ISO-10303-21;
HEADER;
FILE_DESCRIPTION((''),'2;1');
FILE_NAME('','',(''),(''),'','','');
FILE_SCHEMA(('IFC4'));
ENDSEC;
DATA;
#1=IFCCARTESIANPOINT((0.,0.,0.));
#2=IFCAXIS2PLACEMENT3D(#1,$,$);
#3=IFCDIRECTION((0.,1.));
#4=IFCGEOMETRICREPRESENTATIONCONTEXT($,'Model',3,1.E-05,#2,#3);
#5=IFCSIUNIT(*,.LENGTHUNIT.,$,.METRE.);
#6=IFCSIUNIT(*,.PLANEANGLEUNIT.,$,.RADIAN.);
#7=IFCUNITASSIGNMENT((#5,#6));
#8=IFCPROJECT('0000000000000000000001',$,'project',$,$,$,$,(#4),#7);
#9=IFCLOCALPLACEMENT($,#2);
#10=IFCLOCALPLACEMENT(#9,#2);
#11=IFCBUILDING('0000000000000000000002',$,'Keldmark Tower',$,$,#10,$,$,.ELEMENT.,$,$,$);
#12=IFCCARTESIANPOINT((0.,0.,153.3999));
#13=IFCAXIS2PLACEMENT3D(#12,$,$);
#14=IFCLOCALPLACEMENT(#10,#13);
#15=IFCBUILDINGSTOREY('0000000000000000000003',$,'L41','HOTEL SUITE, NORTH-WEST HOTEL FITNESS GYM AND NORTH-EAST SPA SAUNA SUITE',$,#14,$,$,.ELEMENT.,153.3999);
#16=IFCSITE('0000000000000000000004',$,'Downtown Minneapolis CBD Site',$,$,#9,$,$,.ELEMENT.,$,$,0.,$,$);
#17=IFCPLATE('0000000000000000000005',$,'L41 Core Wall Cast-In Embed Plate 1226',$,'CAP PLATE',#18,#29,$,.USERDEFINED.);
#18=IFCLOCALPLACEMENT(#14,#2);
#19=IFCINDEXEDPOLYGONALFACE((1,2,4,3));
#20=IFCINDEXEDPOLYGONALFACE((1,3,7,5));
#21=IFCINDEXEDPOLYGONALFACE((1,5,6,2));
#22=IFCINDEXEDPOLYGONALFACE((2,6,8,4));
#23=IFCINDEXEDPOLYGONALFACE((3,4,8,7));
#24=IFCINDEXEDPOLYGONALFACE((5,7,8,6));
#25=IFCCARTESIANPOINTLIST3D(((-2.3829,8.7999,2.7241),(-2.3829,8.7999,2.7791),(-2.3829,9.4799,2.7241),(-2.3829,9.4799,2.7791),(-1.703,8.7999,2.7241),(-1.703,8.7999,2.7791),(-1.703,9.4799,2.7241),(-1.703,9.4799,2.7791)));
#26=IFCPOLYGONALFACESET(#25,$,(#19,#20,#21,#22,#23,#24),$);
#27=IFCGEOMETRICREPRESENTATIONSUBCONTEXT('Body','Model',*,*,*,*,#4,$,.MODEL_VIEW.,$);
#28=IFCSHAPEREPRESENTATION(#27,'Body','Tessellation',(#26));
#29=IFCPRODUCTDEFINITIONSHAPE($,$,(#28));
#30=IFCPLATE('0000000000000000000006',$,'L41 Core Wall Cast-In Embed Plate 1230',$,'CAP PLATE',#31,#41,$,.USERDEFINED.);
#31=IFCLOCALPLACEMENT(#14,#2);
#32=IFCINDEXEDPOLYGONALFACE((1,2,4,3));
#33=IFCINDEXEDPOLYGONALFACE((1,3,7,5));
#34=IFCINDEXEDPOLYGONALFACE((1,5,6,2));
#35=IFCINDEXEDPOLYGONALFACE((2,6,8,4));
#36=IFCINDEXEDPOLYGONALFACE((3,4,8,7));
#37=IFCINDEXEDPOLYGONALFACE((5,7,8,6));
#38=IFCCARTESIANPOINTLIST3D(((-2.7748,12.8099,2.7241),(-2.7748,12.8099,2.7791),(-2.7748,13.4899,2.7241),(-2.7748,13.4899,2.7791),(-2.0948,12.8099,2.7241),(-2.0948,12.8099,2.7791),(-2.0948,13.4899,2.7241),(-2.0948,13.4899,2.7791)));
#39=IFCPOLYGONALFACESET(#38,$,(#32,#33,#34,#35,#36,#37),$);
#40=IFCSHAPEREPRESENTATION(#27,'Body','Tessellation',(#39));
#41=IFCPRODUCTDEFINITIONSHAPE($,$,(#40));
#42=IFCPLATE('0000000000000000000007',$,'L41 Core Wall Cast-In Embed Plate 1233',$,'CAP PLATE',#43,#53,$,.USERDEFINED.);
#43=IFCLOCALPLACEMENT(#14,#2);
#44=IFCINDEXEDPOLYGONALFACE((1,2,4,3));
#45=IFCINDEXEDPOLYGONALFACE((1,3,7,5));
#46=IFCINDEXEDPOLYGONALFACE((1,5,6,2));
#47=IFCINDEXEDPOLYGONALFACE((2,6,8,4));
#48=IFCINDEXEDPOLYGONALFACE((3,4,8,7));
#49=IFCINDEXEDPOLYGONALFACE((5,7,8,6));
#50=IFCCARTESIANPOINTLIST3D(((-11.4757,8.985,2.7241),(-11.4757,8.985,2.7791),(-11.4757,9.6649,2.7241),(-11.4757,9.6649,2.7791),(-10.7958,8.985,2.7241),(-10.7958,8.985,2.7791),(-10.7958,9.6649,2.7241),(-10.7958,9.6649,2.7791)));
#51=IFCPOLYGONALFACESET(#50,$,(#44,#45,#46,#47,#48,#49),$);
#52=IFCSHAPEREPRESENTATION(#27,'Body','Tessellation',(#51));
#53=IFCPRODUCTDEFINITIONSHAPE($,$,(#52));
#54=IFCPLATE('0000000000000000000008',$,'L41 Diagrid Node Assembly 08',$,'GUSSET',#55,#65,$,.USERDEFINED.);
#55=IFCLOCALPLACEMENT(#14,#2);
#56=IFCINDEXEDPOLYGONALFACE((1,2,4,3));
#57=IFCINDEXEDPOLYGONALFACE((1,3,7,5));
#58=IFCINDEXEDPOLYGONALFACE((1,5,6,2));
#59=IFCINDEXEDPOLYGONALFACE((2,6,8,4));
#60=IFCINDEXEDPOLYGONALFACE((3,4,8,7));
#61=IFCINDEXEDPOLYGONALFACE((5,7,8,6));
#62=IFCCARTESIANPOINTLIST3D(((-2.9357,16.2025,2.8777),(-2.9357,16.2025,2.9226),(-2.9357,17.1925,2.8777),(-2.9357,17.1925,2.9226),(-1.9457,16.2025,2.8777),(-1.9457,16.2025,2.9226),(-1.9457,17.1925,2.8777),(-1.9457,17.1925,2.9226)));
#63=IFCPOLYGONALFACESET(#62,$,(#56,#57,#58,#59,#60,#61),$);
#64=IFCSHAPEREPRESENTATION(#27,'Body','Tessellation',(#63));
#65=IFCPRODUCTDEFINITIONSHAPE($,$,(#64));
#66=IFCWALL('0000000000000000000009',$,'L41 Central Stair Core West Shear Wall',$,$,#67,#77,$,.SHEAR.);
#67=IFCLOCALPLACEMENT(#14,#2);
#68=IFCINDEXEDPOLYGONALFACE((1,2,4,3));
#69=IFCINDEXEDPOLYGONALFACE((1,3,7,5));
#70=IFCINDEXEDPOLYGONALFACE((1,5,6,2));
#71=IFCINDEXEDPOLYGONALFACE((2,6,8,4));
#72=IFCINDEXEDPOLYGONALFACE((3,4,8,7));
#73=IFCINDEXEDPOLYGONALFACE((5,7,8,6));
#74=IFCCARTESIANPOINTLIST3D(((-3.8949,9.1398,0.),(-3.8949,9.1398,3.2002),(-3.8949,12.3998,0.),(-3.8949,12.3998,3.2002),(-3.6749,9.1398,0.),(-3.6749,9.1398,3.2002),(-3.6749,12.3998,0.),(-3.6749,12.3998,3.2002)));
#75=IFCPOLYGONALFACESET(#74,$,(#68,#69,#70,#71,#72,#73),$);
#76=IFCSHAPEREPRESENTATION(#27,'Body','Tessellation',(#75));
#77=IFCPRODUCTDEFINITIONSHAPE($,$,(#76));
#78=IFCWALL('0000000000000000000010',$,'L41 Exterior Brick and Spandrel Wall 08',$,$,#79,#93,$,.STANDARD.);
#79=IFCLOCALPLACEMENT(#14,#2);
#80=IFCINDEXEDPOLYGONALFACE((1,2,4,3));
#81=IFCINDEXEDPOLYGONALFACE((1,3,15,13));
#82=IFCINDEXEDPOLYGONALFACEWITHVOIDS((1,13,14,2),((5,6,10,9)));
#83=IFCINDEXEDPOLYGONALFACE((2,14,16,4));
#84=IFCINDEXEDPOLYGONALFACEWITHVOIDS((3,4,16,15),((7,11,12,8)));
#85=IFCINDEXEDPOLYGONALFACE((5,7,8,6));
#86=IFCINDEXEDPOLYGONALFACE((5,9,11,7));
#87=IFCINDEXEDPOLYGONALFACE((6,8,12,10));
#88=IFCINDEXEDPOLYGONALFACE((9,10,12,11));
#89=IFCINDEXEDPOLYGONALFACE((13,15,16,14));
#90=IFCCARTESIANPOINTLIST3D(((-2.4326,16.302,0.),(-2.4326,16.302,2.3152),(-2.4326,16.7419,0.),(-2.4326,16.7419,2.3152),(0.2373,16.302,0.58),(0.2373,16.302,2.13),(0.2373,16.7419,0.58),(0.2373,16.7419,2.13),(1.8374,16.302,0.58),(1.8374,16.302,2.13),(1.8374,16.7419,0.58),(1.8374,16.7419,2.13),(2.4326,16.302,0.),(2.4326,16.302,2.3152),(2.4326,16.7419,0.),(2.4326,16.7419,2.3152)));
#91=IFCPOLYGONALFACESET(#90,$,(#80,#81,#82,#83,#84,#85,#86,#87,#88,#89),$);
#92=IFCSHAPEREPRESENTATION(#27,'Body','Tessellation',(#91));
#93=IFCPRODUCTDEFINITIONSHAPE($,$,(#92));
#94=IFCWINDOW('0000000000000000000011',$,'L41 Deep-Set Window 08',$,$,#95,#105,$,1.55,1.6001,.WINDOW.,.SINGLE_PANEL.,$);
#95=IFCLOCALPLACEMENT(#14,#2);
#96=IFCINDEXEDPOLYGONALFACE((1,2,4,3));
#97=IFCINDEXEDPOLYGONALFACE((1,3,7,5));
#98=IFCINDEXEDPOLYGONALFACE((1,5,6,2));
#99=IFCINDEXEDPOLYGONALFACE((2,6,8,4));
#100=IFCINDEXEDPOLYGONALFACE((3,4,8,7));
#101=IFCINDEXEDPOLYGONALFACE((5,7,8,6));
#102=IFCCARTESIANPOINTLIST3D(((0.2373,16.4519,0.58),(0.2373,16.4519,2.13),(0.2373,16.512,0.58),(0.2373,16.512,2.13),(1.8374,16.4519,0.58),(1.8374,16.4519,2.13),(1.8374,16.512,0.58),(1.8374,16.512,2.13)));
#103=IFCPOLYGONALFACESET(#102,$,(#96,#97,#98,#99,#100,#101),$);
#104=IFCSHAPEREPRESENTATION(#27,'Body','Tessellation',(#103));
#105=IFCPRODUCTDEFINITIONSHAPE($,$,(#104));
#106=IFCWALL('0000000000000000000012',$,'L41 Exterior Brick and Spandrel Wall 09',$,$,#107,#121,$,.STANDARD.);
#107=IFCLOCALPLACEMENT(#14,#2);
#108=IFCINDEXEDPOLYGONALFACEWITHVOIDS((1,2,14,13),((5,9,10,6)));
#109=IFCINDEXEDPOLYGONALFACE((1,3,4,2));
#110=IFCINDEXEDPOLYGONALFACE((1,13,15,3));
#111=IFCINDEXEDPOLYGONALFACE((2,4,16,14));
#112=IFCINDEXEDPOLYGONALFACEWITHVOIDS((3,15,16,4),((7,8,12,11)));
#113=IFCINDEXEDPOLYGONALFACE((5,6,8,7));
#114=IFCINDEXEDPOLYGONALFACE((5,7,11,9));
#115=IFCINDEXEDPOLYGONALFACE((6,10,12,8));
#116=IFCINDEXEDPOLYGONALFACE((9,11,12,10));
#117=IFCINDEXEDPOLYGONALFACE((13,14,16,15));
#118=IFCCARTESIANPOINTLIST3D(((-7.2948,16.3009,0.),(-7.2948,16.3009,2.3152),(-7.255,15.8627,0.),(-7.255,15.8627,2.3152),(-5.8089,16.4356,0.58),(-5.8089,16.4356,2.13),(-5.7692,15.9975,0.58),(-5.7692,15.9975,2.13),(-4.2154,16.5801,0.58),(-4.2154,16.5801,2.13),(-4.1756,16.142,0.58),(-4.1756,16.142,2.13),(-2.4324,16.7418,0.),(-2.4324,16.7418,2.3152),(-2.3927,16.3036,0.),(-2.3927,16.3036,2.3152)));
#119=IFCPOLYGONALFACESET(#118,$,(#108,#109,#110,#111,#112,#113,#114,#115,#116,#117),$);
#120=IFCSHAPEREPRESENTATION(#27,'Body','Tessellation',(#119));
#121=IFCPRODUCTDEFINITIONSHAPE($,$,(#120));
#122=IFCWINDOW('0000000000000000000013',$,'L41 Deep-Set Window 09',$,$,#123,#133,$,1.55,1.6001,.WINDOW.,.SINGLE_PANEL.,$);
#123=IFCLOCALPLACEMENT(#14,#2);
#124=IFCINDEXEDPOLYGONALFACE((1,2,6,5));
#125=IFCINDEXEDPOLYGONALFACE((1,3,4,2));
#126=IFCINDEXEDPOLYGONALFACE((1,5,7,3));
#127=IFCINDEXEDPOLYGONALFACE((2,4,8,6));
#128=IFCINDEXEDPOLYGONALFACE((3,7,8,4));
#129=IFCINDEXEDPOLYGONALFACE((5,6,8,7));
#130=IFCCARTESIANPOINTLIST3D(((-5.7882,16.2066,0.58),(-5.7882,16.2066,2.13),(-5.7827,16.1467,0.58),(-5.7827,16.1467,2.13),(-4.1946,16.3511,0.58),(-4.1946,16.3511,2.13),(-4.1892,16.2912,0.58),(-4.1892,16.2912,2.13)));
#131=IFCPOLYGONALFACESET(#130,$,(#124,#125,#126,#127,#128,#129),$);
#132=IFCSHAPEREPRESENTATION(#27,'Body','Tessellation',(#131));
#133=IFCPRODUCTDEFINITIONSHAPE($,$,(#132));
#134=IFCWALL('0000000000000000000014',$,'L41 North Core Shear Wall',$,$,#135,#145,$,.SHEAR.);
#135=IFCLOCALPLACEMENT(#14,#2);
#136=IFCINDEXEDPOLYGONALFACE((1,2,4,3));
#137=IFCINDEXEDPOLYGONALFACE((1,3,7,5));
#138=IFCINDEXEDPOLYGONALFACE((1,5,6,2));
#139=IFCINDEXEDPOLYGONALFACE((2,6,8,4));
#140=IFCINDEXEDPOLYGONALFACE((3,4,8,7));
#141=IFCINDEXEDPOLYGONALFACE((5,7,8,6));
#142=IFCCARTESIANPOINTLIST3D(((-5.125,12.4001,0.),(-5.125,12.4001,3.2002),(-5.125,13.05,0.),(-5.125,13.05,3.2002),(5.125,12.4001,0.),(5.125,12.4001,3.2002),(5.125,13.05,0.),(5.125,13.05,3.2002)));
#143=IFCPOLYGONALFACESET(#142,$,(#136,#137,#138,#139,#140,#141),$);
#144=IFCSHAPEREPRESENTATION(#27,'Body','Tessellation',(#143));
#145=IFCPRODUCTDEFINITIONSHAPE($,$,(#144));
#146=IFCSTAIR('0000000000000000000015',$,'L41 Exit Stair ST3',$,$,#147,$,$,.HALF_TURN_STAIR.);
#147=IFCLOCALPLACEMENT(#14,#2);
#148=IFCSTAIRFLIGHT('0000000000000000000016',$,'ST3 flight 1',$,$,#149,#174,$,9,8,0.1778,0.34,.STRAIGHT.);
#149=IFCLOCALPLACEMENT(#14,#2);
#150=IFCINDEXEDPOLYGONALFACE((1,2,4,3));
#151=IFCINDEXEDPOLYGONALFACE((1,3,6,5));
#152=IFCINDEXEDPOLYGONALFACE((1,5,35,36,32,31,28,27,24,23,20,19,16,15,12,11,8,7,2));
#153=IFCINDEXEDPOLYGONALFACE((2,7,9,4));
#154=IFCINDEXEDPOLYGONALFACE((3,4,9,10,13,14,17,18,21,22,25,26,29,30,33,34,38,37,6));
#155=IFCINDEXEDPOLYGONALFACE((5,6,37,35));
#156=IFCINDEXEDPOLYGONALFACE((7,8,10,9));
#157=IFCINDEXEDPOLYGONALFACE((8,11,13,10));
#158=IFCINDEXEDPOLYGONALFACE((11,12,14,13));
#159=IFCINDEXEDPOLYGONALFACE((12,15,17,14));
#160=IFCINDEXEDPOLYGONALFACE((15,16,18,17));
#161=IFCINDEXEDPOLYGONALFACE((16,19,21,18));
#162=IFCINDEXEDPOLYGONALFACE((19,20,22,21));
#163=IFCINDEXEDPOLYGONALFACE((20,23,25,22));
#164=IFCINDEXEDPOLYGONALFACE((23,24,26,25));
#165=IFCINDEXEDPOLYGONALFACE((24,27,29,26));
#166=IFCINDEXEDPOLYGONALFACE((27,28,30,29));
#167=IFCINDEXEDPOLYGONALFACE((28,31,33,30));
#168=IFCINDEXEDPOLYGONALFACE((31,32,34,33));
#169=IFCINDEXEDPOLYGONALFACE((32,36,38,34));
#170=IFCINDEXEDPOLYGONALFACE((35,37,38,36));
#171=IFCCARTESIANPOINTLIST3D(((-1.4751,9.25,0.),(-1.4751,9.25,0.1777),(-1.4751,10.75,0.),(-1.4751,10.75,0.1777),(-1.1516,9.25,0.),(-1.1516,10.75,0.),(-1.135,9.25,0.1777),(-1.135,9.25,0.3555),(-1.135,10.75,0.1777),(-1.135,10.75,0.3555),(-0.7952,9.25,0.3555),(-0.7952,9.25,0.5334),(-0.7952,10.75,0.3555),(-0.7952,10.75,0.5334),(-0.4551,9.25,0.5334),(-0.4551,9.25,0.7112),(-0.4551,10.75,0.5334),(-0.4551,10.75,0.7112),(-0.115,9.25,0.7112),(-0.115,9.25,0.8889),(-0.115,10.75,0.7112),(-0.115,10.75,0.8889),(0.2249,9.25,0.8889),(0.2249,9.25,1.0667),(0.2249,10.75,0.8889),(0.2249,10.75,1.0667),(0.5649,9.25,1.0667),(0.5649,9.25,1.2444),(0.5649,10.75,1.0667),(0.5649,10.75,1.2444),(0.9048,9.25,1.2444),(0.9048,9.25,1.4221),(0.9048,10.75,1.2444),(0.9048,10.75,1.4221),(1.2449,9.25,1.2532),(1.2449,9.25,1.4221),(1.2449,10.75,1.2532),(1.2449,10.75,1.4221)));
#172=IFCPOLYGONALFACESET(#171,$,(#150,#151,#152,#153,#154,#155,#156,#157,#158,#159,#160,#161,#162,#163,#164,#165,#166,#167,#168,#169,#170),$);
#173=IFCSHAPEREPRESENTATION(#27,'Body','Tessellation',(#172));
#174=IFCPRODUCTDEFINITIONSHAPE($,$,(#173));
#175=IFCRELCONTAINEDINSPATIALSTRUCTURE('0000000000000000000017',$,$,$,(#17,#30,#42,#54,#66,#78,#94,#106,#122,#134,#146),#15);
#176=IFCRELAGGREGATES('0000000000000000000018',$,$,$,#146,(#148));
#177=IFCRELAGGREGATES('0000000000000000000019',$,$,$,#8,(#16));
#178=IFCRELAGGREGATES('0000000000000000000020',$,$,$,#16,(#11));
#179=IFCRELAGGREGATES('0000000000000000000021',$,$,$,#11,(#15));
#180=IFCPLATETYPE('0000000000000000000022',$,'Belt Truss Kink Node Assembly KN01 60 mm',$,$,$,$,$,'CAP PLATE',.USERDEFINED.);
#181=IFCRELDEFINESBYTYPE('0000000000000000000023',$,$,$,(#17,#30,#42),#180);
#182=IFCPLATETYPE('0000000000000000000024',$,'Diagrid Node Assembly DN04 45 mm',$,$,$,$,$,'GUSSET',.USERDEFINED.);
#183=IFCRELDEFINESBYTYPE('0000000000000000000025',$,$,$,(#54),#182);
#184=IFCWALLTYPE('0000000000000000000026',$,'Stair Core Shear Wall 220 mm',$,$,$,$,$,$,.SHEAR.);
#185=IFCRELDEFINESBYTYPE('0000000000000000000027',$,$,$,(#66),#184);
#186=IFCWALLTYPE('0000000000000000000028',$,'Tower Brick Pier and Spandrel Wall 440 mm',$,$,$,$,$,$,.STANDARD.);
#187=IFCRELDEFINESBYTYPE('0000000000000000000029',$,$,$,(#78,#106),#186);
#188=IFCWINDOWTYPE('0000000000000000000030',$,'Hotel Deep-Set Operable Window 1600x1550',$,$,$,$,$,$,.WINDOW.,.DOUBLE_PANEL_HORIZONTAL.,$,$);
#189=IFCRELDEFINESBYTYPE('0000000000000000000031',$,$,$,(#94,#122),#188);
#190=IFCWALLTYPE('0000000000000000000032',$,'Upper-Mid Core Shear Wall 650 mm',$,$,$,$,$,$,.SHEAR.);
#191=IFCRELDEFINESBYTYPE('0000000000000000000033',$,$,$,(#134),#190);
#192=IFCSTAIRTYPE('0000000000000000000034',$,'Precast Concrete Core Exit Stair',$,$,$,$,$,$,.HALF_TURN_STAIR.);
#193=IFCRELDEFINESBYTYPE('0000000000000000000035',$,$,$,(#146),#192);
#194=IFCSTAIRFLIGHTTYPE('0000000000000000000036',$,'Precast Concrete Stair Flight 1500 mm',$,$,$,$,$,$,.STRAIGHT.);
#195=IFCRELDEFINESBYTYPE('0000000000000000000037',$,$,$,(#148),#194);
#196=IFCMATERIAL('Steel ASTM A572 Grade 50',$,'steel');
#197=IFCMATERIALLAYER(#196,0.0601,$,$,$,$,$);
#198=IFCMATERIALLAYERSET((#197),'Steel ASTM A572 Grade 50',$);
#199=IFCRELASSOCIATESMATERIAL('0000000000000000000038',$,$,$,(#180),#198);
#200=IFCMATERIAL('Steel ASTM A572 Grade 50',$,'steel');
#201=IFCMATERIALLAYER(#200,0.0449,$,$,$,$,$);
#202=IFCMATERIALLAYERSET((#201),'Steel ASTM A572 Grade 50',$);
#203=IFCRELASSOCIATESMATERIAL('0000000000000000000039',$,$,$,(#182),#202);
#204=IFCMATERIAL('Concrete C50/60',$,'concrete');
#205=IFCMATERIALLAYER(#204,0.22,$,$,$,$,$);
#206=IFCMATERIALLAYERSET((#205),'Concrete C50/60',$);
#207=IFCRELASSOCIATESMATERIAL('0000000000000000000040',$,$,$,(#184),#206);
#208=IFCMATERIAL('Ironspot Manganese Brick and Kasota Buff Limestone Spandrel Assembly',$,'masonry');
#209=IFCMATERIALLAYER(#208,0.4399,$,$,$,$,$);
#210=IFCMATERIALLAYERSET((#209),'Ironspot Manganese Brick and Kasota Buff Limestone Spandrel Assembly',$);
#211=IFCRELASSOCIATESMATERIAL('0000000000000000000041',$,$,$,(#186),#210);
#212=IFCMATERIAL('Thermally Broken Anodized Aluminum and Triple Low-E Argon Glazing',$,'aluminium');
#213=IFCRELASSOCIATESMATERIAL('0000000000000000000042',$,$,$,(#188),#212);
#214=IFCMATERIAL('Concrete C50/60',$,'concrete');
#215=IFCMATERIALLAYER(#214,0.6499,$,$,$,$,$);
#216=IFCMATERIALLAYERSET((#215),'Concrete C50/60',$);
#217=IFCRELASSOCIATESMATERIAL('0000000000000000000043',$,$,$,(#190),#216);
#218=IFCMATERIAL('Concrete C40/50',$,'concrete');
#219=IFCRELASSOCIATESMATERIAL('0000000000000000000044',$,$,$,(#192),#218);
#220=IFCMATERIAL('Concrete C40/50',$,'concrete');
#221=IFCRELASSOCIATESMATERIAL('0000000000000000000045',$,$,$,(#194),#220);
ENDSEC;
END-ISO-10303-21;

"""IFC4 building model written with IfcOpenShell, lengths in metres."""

from ifc_helpers import new_model, si_unit, direction, frame, frame_2d, origin, origin_2d, place, context, subcontext, project, spatial, polyline, rectangle, outline, extrude, material, layer, layer_set, type_object, element, fill, aggregate, save


model = new_model("IFC4")

# Units and contexts
model_context = context("Model", 3, precision=1e-05, world=origin(), true_north=direction((0.0, 1.0)))
body_context = subcontext(model_context, "Body", "Model", "MODEL_VIEW")
ifc_project = project(units=[si_unit("LENGTHUNIT", "METRE"), si_unit("PLANEANGLEUNIT", "RADIAN")], contexts=[model_context])

# Site, building, storey
site_placement = place(None, origin())
site = spatial("IfcSite", under=ifc_project, at=site_placement, Name="Downtown Minneapolis CBD Site", CompositionType="ELEMENT", RefElevation=0.0)
building_placement = place(site_placement, origin())
building = spatial("IfcBuilding", under=site, at=building_placement, Name="Keldmark Tower", CompositionType="ELEMENT")
storey_placement = place(building_placement, frame((0.0, 0.0, 153.3999)))
storey = spatial("IfcBuildingStorey", under=building, at=storey_placement, Name="L41", Description="HOTEL SUITE, NORTH-WEST HOTEL FITNESS GYM AND NORTH-EAST SPA SAUNA SUITE", CompositionType="ELEMENT", Elevation=153.3999)

# Plates
ifc_material_1 = material(Name="Steel ASTM A572 Grade 50", Category="steel")
ifc_layer_1 = layer(ifc_material_1, 0.0601)
ifc_layer_set_1 = layer_set([ifc_layer_1], Name="Steel ASTM A572 Grade 50")
plate_type_1 = type_object("IfcPlateType", Name="Belt Truss Kink Node Assembly KN01 60 mm", ElementType="CAP PLATE", PredefinedType="USERDEFINED", material=ifc_layer_set_1)
for number, where, z_axis, x_axis, name in (
    (1, (-2.043, 9.1399, 2.7241), (0.0, 0.0, 1.0), (1.0, 0.0, 0.0), "L41 Core Wall Cast-In Embed Plate 1226"),
    (2, (-2.4348, 13.1499, 2.7241), (0.0, 0.0, 1.0), (1.0, 0.0, 0.0), "L41 Core Wall Cast-In Embed Plate 1230"),
    (3, (-11.1357, 9.325, 2.7241), (0.0, 0.0, 1.0), (1.0, 0.0, 0.0), "L41 Core Wall Cast-In Embed Plate 1233"),
):
    element("IfcPlate", number, at=place(storey_placement, frame(where, z_axis=z_axis, x_axis=x_axis)), inside=storey, type_object=plate_type_1, Name=name, ObjectType="CAP PLATE", PredefinedType="USERDEFINED", context=body_context, shape_type="SweptSolid", body=[
        extrude(rectangle(XDim=0.6799, YDim=0.6799, at=origin_2d()), origin(), (0.0, 0.0, 1.0), 0.0549),
    ])
ifc_material_2 = material(Name="Steel ASTM A572 Grade 50", Category="steel")
ifc_layer_2 = layer(ifc_material_2, 0.0449)
ifc_layer_set_2 = layer_set([ifc_layer_2], Name="Steel ASTM A572 Grade 50")
plate_type_2 = type_object("IfcPlateType", Name="Diagrid Node Assembly DN04 45 mm", ElementType="GUSSET", PredefinedType="USERDEFINED", material=ifc_layer_set_2)
plate_placement = place(storey_placement, frame((-2.4407, 16.6975, 2.8777), z_axis=(0.0, 0.0, 1.0), x_axis=(-1.0, 0.0, 0.0)))
element("IfcPlate", 4, at=plate_placement, inside=storey, type_object=plate_type_2, Name="L41 Diagrid Node Assembly 08", ObjectType="GUSSET", PredefinedType="USERDEFINED", context=body_context, shape_type="SweptSolid", body=[
    extrude(rectangle(XDim=0.99, YDim=0.99, at=origin_2d()), origin(), (0.0, 0.0, 1.0), 0.0449),
])

# Wall
ifc_material_3 = material(Name="Concrete C50/60", Category="concrete")
ifc_layer_3 = layer(ifc_material_3, 0.22)
ifc_layer_set_3 = layer_set([ifc_layer_3], Name="Concrete C50/60")
wall_type_1 = type_object("IfcWallType", Name="Stair Core Shear Wall 220 mm", PredefinedType="SHEAR", material=ifc_layer_set_3)
wall_1_placement = place(storey_placement, frame((-3.7849, 9.1399, 0.0), z_axis=(0.0, 0.0, 1.0), x_axis=(0.0, 1.0, 0.0)))
element("IfcWall", 5, at=wall_1_placement, inside=storey, type_object=wall_type_1, Name="L41 Central Stair Core West Shear Wall", PredefinedType="SHEAR", context=body_context, shape_type="SweptSolid", body=[
    extrude(rectangle(XDim=3.26, YDim=0.22, at=frame_2d((1.6299, 0.0))), origin(), (0.0, 0.0, 1.0), 3.2002),
])

# Walls, openings, windows
ifc_material_4 = material(Name="Ironspot Manganese Brick and Kasota Buff Limestone Spandrel Assembly", Category="masonry")
ifc_layer_4 = layer(ifc_material_4, 0.4399)
ifc_layer_set_4 = layer_set([ifc_layer_4], Name="Ironspot Manganese Brick and Kasota Buff Limestone Spandrel Assembly")
wall_type_2 = type_object("IfcWallType", Name="Tower Brick Pier and Spandrel Wall 440 mm", PredefinedType="STANDARD", material=ifc_layer_set_4)
wall_2_placement = place(storey_placement, frame((-2.4326, 16.522, 0.0), z_axis=(0.0, 0.0, 1.0), x_axis=(1.0, 0.0, 0.0)))
wall_2 = element("IfcWall", 6, at=wall_2_placement, inside=storey, type_object=wall_type_2, Name="L41 Exterior Brick and Spandrel Wall 08", PredefinedType="STANDARD", context=body_context, shape_type="SweptSolid", body=[
    extrude(rectangle(XDim=4.8652, YDim=0.4399, at=frame_2d((2.4326, 0.0))), origin(), (0.0, 0.0, 1.0), 2.3152),
])
opening_1_placement = place(wall_2_placement, frame((2.6699, 0.0, 0.5801)))
opening_1 = element("IfcOpeningElement", 7, at=opening_1_placement, cuts=wall_2, PredefinedType="OPENING", context=body_context, shape_type="SweptSolid", body=[
    extrude(rectangle(XDim=1.6001, YDim=1.55, at=frame_2d((0.8, 0.7749))), frame((0.0, 0.23, 0.0), z_axis=(0.0, -1.0, 0.0), x_axis=(1.0, 0.0, 0.0)), (0.0, 0.0, 1.0), 0.46),
])
ifc_material_5 = material(Name="Thermally Broken Anodized Aluminum and Triple Low-E Argon Glazing", Category="aluminium")
window_type = type_object("IfcWindowType", Name="Hotel Deep-Set Operable Window 1600x1550", PartitioningType="DOUBLE_PANEL_HORIZONTAL", PredefinedType="WINDOW", material=ifc_material_5)
window_1_placement = place(opening_1_placement, origin())
window_1 = element("IfcWindow", 8, at=window_1_placement, inside=storey, type_object=window_type, Name="L41 Deep-Set Window 08", OverallHeight=1.55, OverallWidth=1.6001, PartitioningType="SINGLE_PANEL", PredefinedType="WINDOW", context=body_context, shape_type="SweptSolid", body=[
    extrude(rectangle(XDim=1.6001, YDim=1.55, at=frame_2d((0.8, 0.7749))), frame((0.0, -0.01, 0.0), z_axis=(0.0, -1.0, 0.0), x_axis=(1.0, 0.0, 0.0)), (0.0, 0.0, 1.0), 0.0601),
])
fill(opening_1, window_1)
wall_3_placement = place(storey_placement, frame((-7.2749, 16.0818, 0.0), z_axis=(0.0, 0.0, 1.0), x_axis=(0.995914, 0.09031, 0.0)))
wall_3 = element("IfcWall", 9, at=wall_3_placement, inside=storey, type_object=wall_type_2, Name="L41 Exterior Brick and Spandrel Wall 09", PredefinedType="STANDARD", context=body_context, shape_type="SweptSolid", body=[
    extrude(rectangle(XDim=4.8823, YDim=0.4399, at=frame_2d((2.4412, 0.0))), origin(), (0.0, 0.0, 1.0), 2.3152),
])
opening_2_placement = place(wall_3_placement, frame((1.4919, 0.0, 0.5801)))
opening_2 = element("IfcOpeningElement", 10, at=opening_2_placement, cuts=wall_3, PredefinedType="OPENING", context=body_context, shape_type="SweptSolid", body=[
    extrude(rectangle(XDim=1.6001, YDim=1.55, at=frame_2d((0.8, 0.7749))), frame((0.0, 0.23, 0.0), z_axis=(0.0, -1.0, 0.0), x_axis=(1.0, 0.0, 0.0)), (0.0, 0.0, 1.0), 0.46),
])
window_2_placement = place(opening_2_placement, origin())
window_2 = element("IfcWindow", 11, at=window_2_placement, inside=storey, type_object=window_type, Name="L41 Deep-Set Window 09", OverallHeight=1.55, OverallWidth=1.6001, PartitioningType="SINGLE_PANEL", PredefinedType="WINDOW", context=body_context, shape_type="SweptSolid", body=[
    extrude(rectangle(XDim=1.6001, YDim=1.55, at=frame_2d((0.8, 0.7749))), frame((0.0, -0.01, 0.0), z_axis=(0.0, -1.0, 0.0), x_axis=(1.0, 0.0, 0.0)), (0.0, 0.0, 1.0), 0.0601),
])
fill(opening_2, window_2)

# Wall
ifc_material_6 = material(Name="Concrete C50/60", Category="concrete")
ifc_layer_5 = layer(ifc_material_6, 0.6499)
ifc_layer_set_5 = layer_set([ifc_layer_5], Name="Concrete C50/60")
wall_type_3 = type_object("IfcWallType", Name="Upper-Mid Core Shear Wall 650 mm", PredefinedType="SHEAR", material=ifc_layer_set_5)
wall_4_placement = place(storey_placement, frame((-5.125, 12.7251, 0.0), z_axis=(0.0, 0.0, 1.0), x_axis=(1.0, 0.0, 0.0)))
element("IfcWall", 12, at=wall_4_placement, inside=storey, type_object=wall_type_3, Name="L41 North Core Shear Wall", PredefinedType="SHEAR", context=body_context, shape_type="SweptSolid", body=[
    extrude(rectangle(XDim=10.25, YDim=0.6499, at=frame_2d((5.125, 0.0))), origin(), (0.0, 0.0, 1.0), 3.2002),
])

# Stair, stair flight
ifc_material_7 = material(Name="Concrete C40/50", Category="concrete")
stair_type = type_object("IfcStairType", Name="Precast Concrete Core Exit Stair", PredefinedType="HALF_TURN_STAIR", material=ifc_material_7)
stair_placement = place(storey_placement, origin())
stair = element("IfcStair", 13, at=stair_placement, inside=storey, type_object=stair_type, Name="L41 Exit Stair ST3", PredefinedType="HALF_TURN_STAIR")
ifc_material_8 = material(Name="Concrete C40/50", Category="concrete")
stair_flight_type = type_object("IfcStairFlightType", Name="Precast Concrete Stair Flight 1500 mm", PredefinedType="STRAIGHT", material=ifc_material_8)
stair_flight_placement = place(storey_placement, frame((-1.4751, 10.0, 0.0), z_axis=(0.0, 0.0, 1.0), x_axis=(1.0, 0.0, 0.0)))
stair_flight = element("IfcStairFlight", 14, at=stair_flight_placement, type_object=stair_flight_type, Name="ST3 flight 1", NumberOfRisers=9, NumberOfTreads=8, PredefinedType="STRAIGHT", RiserHeight=0.1778, TreadLength=0.34, context=body_context, shape_type="SweptSolid", body=[
    extrude(outline(polyline([(0.0, 0.0), (0.0, 0.1777), (0.3401, 0.1777), (0.3401, 0.3555), (0.6799, 0.3555), (0.6799, 0.5334), (1.02, 0.5334), (1.02, 0.7112), (1.3601, 0.7112), (1.3601, 0.8889), (1.7, 0.8889), (1.7, 1.0667), (2.04, 1.0667), (2.04, 1.2444), (2.3799, 1.2444), (2.3799, 1.4221), (2.72, 1.4221), (2.72, 1.6001), (2.72, 1.2532), (0.3235, 0.0), (0.0, 0.0)])), frame((0.0, 0.75, 0.0), z_axis=(0.0, -1.0, 0.0), x_axis=(1.0, 0.0, 0.0)), (0.0, 0.0, 1.0), 1.5),
])
aggregate(stair, [stair_flight])

save(model, "model.ifc")
